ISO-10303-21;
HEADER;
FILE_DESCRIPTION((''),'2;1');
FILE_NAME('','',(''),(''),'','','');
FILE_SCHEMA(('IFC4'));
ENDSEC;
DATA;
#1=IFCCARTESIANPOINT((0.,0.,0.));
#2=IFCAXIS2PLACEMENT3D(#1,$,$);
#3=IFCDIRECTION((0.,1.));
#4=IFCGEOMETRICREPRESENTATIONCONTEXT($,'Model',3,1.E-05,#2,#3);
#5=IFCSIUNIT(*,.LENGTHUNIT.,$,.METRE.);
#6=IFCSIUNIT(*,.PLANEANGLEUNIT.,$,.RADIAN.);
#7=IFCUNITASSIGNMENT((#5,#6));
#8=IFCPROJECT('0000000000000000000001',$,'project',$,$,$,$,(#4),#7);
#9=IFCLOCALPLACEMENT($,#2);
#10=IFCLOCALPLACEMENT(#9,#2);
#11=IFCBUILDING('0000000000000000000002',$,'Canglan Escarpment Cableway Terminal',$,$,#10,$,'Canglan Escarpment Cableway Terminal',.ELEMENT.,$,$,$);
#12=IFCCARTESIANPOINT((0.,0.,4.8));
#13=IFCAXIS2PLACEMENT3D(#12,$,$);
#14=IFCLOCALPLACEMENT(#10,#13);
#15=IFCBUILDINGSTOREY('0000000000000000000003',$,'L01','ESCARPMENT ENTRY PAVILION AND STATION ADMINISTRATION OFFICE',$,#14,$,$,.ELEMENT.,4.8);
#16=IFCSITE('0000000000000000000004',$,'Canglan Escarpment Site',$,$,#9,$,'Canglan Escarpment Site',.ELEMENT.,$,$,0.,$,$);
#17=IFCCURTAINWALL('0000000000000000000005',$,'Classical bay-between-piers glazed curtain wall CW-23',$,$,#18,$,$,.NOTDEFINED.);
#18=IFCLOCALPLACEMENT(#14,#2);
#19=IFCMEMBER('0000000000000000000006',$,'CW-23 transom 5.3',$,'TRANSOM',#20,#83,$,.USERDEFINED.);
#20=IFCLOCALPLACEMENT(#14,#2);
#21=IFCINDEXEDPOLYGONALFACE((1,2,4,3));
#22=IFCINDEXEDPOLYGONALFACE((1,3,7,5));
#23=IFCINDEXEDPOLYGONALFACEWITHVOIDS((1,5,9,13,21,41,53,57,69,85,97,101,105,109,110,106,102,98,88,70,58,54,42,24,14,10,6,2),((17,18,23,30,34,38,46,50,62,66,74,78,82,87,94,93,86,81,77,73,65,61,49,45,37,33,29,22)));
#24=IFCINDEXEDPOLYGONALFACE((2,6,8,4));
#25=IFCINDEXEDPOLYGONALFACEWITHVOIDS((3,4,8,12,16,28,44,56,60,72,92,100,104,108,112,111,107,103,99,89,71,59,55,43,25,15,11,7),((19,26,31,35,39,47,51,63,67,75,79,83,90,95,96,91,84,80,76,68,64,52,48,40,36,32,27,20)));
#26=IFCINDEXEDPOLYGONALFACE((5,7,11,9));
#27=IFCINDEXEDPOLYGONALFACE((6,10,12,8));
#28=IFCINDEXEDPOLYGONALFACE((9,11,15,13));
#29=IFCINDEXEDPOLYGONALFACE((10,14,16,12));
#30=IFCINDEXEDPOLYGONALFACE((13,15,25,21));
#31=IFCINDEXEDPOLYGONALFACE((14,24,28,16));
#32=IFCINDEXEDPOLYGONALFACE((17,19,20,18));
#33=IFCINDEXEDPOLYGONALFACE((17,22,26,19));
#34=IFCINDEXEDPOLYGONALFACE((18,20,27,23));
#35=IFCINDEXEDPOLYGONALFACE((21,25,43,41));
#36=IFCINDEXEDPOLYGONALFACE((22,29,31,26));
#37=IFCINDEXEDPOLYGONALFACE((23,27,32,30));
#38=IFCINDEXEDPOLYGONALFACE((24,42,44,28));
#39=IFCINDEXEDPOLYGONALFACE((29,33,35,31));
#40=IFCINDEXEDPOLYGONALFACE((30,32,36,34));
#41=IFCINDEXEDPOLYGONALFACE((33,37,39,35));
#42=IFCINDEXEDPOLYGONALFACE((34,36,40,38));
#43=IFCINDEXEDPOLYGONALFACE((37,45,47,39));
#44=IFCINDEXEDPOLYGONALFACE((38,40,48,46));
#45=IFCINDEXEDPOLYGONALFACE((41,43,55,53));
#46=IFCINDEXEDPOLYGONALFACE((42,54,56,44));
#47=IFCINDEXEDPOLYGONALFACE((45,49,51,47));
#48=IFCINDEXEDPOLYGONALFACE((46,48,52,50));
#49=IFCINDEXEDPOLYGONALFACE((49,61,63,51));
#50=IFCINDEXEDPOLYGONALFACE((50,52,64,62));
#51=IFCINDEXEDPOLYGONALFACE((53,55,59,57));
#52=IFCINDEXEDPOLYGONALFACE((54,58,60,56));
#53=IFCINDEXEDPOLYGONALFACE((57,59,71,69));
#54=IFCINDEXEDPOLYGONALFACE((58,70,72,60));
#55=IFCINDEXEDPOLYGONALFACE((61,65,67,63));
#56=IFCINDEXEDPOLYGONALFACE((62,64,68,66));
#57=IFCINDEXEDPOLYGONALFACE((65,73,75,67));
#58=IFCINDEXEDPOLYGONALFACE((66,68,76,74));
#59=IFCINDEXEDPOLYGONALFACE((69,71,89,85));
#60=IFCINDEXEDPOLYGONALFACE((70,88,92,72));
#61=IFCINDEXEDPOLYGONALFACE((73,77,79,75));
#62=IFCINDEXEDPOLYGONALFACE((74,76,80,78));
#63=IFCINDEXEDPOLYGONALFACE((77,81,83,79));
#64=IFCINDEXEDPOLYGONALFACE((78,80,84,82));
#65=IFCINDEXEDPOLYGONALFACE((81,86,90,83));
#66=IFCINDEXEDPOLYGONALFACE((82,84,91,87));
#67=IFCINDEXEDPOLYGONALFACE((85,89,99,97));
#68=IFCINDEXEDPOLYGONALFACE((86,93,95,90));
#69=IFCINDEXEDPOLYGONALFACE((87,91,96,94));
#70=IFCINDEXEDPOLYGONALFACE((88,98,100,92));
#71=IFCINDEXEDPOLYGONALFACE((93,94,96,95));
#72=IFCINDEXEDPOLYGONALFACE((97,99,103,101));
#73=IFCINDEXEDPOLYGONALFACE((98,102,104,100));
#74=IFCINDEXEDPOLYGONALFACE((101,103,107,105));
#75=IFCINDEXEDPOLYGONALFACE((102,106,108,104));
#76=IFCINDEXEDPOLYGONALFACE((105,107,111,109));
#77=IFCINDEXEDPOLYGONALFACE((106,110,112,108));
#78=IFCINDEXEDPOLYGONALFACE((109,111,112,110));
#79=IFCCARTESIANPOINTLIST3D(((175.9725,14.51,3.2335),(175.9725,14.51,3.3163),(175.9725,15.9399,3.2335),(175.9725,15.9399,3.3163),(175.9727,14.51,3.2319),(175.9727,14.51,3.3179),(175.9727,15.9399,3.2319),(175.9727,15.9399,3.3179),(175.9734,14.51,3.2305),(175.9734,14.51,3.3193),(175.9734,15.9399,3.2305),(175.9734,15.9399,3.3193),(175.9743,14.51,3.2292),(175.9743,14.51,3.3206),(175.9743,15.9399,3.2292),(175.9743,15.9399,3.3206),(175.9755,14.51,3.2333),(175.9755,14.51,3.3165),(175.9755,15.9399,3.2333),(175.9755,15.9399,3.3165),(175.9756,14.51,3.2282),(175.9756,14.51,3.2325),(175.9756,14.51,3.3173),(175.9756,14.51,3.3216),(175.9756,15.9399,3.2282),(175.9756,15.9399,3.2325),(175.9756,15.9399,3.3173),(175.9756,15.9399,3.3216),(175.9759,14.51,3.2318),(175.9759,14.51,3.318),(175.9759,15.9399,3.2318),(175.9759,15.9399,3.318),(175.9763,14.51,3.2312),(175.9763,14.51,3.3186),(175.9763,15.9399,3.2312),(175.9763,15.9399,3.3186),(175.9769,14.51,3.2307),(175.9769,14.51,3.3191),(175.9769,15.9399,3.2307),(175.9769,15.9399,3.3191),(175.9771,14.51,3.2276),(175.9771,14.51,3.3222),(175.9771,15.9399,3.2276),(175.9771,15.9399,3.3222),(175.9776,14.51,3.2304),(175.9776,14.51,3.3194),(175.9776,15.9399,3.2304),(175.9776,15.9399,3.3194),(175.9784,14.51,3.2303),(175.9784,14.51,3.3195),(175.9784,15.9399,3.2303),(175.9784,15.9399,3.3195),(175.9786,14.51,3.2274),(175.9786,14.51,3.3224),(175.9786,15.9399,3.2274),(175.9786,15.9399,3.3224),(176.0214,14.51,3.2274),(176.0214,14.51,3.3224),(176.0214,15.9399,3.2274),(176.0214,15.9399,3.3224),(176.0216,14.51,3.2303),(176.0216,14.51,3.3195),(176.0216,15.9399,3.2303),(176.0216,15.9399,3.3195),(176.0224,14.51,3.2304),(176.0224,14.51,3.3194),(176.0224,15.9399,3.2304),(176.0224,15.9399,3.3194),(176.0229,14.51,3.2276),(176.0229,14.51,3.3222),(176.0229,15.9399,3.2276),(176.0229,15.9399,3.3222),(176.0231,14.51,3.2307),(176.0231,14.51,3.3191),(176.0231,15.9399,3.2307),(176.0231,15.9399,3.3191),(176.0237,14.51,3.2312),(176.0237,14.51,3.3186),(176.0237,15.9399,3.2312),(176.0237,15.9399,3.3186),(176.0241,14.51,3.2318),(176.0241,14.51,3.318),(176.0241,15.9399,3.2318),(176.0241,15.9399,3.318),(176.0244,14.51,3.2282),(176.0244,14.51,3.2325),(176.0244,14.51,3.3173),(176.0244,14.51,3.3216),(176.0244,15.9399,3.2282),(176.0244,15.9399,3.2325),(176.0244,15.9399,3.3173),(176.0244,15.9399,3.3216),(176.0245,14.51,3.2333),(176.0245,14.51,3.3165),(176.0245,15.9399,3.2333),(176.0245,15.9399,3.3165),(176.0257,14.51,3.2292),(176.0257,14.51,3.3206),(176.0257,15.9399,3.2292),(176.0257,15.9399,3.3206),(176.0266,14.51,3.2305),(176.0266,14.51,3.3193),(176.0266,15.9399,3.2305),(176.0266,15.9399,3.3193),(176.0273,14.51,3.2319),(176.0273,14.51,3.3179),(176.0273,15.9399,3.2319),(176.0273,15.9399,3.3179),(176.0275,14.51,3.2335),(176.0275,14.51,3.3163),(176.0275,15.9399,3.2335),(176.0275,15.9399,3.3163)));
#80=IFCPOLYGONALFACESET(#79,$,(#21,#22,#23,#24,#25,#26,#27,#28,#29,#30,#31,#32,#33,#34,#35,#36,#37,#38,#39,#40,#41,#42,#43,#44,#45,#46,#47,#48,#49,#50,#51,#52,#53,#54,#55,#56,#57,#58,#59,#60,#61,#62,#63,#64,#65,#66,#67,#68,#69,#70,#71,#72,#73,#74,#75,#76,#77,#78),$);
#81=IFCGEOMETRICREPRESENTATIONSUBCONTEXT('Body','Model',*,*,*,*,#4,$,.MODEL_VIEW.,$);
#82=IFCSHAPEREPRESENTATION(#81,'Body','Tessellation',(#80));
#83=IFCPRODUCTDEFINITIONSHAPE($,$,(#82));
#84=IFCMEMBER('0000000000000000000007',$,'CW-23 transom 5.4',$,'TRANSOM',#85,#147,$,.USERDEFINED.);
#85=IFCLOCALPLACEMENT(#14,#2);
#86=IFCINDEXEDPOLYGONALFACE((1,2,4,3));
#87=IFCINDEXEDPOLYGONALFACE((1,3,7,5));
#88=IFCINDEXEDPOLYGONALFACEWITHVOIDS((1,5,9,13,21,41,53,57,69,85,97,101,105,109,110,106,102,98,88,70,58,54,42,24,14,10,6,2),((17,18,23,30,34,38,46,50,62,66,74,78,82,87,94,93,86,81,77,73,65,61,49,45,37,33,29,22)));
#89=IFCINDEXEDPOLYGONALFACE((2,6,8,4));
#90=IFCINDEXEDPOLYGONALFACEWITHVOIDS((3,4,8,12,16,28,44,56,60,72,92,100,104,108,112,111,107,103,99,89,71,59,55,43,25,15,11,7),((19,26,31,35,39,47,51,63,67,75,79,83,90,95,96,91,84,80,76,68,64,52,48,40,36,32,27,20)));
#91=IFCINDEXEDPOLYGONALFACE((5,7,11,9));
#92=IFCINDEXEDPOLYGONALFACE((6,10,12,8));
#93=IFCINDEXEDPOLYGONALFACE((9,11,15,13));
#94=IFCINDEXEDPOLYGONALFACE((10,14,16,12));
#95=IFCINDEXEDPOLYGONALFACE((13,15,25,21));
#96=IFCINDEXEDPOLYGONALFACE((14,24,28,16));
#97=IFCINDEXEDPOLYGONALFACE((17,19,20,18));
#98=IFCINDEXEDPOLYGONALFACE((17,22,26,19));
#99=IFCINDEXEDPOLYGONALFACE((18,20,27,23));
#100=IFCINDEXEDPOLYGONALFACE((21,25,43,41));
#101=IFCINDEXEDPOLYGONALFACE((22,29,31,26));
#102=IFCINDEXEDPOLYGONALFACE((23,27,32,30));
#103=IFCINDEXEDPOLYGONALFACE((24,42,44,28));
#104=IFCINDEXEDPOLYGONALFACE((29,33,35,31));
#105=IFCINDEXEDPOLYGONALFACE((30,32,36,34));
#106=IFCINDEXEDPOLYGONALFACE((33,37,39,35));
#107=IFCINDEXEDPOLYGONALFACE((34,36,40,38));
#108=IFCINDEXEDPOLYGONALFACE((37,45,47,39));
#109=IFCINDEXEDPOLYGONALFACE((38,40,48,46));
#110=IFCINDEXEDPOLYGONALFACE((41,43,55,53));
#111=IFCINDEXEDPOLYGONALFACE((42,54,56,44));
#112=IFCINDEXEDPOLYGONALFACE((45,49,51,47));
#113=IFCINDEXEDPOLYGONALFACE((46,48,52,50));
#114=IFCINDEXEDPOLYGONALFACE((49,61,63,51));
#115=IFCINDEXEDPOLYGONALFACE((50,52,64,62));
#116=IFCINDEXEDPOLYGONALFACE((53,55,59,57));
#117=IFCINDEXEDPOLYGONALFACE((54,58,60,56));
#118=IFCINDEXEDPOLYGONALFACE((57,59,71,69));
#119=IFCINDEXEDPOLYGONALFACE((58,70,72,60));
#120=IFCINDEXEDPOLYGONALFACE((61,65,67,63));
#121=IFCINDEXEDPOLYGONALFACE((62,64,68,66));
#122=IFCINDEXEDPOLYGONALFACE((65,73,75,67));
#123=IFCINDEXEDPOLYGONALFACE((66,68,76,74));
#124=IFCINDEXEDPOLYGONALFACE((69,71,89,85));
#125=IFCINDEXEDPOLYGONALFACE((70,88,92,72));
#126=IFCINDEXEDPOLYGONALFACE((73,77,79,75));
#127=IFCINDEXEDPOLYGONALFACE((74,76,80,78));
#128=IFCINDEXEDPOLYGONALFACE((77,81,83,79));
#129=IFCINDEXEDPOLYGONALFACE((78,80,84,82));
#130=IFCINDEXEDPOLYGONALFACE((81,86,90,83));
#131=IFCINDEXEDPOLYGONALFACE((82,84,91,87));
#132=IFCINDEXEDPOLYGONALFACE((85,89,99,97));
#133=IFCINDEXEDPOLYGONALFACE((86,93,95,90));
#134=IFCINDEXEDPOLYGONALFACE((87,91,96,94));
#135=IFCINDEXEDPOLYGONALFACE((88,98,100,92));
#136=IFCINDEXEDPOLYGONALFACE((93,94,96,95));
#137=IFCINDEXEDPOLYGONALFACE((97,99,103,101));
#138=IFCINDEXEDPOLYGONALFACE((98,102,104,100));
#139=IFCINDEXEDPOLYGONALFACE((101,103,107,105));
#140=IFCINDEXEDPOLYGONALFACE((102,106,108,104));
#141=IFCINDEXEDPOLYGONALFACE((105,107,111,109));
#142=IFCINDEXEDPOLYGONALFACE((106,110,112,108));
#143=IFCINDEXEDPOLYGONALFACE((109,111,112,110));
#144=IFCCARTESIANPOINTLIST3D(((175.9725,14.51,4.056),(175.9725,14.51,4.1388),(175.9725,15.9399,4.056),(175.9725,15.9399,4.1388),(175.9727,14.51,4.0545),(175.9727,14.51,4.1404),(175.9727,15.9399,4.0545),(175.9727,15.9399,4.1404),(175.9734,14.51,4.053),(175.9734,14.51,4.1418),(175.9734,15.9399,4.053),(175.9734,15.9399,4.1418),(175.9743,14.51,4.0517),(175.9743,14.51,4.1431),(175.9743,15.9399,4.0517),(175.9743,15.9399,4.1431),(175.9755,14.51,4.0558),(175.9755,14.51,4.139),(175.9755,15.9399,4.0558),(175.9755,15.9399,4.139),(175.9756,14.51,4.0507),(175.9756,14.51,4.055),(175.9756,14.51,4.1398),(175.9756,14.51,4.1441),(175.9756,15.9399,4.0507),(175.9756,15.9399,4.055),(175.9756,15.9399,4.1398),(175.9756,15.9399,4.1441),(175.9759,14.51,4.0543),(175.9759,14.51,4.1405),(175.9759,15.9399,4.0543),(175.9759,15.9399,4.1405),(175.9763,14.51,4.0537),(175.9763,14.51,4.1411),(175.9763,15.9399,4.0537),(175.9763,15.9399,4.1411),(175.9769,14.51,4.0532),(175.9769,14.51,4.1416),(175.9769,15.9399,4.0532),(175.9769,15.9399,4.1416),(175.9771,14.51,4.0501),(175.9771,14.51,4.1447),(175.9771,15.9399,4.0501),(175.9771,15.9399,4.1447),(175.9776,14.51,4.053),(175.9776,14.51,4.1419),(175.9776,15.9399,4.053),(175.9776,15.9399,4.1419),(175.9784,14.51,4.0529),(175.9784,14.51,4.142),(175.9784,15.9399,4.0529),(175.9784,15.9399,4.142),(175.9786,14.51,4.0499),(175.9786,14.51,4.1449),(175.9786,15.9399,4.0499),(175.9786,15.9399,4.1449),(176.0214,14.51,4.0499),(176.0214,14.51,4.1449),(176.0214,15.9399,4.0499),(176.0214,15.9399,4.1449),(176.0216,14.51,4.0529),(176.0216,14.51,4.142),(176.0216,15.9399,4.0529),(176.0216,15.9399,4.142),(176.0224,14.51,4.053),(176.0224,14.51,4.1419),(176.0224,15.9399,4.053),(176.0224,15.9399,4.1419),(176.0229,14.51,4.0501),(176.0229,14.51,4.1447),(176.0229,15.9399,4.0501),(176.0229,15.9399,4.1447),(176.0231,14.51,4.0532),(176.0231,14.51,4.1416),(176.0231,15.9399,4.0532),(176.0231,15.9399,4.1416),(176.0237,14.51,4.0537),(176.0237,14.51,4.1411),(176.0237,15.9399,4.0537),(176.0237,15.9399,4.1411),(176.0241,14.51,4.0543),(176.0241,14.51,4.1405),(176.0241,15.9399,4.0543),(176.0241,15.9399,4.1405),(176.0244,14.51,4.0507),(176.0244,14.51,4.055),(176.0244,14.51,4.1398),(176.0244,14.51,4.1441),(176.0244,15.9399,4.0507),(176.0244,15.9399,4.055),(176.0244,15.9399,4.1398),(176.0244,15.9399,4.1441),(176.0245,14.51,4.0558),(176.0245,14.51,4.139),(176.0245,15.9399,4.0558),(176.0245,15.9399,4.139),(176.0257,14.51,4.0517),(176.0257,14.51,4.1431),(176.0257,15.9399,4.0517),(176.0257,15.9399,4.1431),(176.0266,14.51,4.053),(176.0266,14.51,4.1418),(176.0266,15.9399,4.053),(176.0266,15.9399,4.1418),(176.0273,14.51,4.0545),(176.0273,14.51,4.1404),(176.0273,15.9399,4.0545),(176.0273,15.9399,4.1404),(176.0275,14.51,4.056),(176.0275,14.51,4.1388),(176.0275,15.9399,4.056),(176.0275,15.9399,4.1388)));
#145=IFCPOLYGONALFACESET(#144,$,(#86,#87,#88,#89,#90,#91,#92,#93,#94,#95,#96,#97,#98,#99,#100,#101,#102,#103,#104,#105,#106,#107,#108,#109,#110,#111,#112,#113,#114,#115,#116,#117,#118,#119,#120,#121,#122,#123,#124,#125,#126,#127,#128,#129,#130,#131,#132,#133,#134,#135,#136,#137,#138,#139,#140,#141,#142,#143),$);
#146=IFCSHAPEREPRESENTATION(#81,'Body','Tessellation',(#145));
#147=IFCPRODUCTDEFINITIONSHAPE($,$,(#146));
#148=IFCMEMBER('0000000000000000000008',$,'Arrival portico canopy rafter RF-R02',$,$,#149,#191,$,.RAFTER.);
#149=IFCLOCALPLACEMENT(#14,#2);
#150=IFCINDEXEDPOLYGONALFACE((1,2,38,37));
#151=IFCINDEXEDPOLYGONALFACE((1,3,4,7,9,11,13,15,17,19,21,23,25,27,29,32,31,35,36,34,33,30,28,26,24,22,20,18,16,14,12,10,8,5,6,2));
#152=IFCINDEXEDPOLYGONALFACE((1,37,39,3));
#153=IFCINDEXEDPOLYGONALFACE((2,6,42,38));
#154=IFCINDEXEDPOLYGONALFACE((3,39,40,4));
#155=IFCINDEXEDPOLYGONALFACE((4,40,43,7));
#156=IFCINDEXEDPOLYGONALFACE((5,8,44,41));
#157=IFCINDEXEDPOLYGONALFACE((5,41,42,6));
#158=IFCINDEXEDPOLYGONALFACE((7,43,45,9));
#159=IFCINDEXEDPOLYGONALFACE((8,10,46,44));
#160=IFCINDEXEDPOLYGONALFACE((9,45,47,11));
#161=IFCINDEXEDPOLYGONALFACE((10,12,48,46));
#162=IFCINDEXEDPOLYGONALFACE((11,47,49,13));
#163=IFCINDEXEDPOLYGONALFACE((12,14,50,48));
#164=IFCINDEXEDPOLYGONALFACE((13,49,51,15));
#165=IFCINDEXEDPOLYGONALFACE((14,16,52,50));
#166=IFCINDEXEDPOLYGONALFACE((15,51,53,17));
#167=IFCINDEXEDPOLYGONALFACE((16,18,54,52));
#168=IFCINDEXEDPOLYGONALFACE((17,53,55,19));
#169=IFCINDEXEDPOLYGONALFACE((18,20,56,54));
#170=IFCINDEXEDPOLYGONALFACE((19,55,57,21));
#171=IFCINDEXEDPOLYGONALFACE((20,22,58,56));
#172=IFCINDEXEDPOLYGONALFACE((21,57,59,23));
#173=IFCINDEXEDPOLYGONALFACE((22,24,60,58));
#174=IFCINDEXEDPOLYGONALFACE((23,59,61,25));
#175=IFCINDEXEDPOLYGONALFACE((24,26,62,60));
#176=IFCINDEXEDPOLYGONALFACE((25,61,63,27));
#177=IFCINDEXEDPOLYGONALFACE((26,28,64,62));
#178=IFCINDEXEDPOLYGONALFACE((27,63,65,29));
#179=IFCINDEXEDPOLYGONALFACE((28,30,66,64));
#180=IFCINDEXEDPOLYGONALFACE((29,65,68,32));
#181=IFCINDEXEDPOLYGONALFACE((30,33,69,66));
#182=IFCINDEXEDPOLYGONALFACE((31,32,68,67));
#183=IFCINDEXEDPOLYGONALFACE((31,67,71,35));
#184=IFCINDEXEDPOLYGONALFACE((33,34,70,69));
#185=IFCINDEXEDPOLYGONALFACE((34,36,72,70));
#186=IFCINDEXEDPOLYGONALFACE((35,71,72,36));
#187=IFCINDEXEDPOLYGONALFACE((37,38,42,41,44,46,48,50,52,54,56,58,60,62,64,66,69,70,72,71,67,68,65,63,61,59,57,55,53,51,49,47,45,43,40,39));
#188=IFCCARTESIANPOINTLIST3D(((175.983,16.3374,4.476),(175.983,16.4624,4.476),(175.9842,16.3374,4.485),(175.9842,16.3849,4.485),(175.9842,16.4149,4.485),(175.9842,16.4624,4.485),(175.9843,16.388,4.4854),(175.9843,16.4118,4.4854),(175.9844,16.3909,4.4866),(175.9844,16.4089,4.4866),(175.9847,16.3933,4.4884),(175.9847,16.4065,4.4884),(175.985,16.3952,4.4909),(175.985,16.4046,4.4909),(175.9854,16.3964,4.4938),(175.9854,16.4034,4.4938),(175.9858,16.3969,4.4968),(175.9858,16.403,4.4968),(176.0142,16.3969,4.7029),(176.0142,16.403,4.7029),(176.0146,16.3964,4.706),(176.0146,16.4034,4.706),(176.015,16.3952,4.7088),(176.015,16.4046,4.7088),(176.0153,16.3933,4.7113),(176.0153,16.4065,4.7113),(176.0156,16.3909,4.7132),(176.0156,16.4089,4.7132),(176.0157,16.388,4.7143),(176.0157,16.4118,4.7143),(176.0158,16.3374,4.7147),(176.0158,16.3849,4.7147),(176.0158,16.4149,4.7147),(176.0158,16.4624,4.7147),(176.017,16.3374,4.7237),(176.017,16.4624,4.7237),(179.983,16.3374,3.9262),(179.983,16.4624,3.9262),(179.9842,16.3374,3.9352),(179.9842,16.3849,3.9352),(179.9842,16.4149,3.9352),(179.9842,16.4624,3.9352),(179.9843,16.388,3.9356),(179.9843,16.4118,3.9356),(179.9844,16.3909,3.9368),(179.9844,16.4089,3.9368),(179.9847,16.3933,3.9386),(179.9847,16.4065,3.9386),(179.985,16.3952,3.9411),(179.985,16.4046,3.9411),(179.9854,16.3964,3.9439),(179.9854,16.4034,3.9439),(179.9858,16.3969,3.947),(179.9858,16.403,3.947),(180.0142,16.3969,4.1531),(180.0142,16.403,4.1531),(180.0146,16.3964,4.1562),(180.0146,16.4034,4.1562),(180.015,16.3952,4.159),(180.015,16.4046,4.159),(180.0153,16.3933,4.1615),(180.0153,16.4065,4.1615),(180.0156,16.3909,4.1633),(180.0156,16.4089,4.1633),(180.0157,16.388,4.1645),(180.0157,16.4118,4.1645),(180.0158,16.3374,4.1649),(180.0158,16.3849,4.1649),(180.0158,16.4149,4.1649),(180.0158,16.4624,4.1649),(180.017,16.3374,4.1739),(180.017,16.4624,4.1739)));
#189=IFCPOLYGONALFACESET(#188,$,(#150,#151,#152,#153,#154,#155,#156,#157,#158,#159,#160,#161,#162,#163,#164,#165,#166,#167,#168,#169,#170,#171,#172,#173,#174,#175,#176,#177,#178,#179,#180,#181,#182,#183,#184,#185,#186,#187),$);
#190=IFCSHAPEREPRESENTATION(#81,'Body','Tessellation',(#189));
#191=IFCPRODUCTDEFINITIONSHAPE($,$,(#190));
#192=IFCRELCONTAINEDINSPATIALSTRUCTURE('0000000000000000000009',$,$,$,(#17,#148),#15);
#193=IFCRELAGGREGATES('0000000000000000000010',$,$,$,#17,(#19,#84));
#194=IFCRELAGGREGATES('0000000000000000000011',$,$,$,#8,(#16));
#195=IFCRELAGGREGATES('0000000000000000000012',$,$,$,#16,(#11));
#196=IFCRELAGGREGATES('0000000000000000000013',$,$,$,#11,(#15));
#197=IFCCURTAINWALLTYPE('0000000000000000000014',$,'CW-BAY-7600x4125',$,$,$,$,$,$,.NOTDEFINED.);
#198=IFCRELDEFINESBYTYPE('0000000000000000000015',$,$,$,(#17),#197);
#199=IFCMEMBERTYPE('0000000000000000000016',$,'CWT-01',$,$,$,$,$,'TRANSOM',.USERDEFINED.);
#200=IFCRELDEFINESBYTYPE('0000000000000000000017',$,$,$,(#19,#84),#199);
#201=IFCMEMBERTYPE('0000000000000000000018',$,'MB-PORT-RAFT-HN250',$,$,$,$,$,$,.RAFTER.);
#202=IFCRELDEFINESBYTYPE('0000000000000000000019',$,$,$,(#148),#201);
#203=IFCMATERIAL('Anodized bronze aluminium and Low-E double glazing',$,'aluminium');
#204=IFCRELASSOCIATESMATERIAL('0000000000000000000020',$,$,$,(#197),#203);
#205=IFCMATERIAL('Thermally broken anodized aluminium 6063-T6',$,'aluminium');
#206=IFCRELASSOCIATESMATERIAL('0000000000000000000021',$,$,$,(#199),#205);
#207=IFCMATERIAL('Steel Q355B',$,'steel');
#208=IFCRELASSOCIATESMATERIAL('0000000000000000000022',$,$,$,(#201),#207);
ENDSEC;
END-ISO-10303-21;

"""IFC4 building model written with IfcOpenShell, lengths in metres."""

from ifc_helpers import new_model, si_unit, direction, frame, origin, origin_2d, place, context, subcontext, project, spatial, hollow_rectangle, i_section, extrude, material, material_profile, profile_set, type_object, element, aggregate, save


model = new_model("IFC4")

# Units and contexts
model_context = context("Model", 3, precision=1e-05, world=origin(), true_north=direction((0.0, 1.0)))
body_context = subcontext(model_context, "Body", "Model", "MODEL_VIEW")
ifc_project = project(units=[si_unit("LENGTHUNIT", "METRE"), si_unit("PLANEANGLEUNIT", "RADIAN")], contexts=[model_context])

# Site, building, storey
site_placement = place(None, origin())
site = spatial("IfcSite", under=ifc_project, at=site_placement, Name="Canglan Escarpment Site", LongName="Canglan Escarpment Site", CompositionType="ELEMENT", RefElevation=0.0)
building_placement = place(site_placement, origin())
building = spatial("IfcBuilding", under=site, at=building_placement, Name="Canglan Escarpment Cableway Terminal", LongName="Canglan Escarpment Cableway Terminal", CompositionType="ELEMENT")
storey_placement = place(building_placement, frame((0.0, 0.0, 4.8)))
storey = spatial("IfcBuildingStorey", under=building, at=storey_placement, Name="L01", Description="ESCARPMENT ENTRY PAVILION AND STATION ADMINISTRATION OFFICE", CompositionType="ELEMENT", Elevation=4.8)

# Shared definitions
ifc_material_1 = material(Name="Steel Q355B", Category="steel")

# Curtain wall, members
ifc_material_2 = material(Name="Anodized bronze aluminium and Low-E double glazing", Category="aluminium")
curtain_wall_type = type_object("IfcCurtainWallType", Name="CW-BAY-7600x4125", PredefinedType="NOTDEFINED", material=ifc_material_2)
curtain_wall_placement = place(storey_placement, origin())
curtain_wall = element("IfcCurtainWall", 1, at=curtain_wall_placement, inside=storey, type_object=curtain_wall_type, Name="Classical bay-between-piers glazed curtain wall CW-23", PredefinedType="NOTDEFINED")
ifc_material_3 = material(Name="Thermally broken anodized aluminium 6063-T6", Category="aluminium")
ifc_material_profile_1 = material_profile(ifc_material_3, hollow_rectangle(XDim=0.0549, YDim=0.095, WallThickness=0.0029, InnerFilletRadius=0.0029, OuterFilletRadius=0.0061, at=origin_2d()), Name="ALU-TRAN 55x95x3")
ifc_profile_set_1 = profile_set([ifc_material_profile_1], Name="Thermally broken anodized aluminium 6063-T6")
member_type_1 = type_object("IfcMemberType", Name="CWT-01", ElementType="TRANSOM", PredefinedType="USERDEFINED", material=ifc_profile_set_1)
member_1_placement = place(storey_placement, frame((176.0, 14.51, 3.2749), z_axis=(0.0, 1.0, 0.0), x_axis=(-1.0, 0.0, 0.0)))
member_1 = element("IfcMember", 2, at=member_1_placement, type_object=member_type_1, Name="CW-23 transom 5.3", ObjectType="TRANSOM", PredefinedType="USERDEFINED", context=body_context, shape_type="SweptSolid", body=[
    extrude(hollow_rectangle(XDim=0.0549, YDim=0.095, WallThickness=0.0029, InnerFilletRadius=0.0029, OuterFilletRadius=0.0061, at=origin_2d()), origin(), (0.0, 0.0, 1.0), 1.4299),
])
member_2_placement = place(storey_placement, frame((176.0, 14.51, 4.0974), z_axis=(0.0, 1.0, 0.0), x_axis=(-1.0, 0.0, 0.0)))
member_2 = element("IfcMember", 3, at=member_2_placement, type_object=member_type_1, Name="CW-23 transom 5.4", ObjectType="TRANSOM", PredefinedType="USERDEFINED", context=body_context, shape_type="SweptSolid", body=[
    extrude(hollow_rectangle(XDim=0.0549, YDim=0.095, WallThickness=0.0029, InnerFilletRadius=0.0029, OuterFilletRadius=0.0061, at=origin_2d()), origin(), (0.0, 0.0, 1.0), 1.4299),
])

# Member
ifc_material_profile_2 = material_profile(ifc_material_1, i_section(OverallWidth=0.125, OverallDepth=0.25, WebThickness=0.0061, FlangeThickness=0.009, FilletRadius=0.012, at=origin_2d()), Name="HN 250x125x6x9")
ifc_profile_set_2 = profile_set([ifc_material_profile_2], Name="Steel Q355B")
member_type_2 = type_object("IfcMemberType", Name="MB-PORT-RAFT-HN250", PredefinedType="RAFTER", material=ifc_profile_set_2)
member_3_placement = place(storey_placement, frame((176.0, 16.3999, 4.5999), z_axis=(0.990685, 0.0, -0.136171), x_axis=(0.0, 1.0, 0.0)))
element("IfcMember", 4, at=member_3_placement, inside=storey, type_object=member_type_2, Name="Arrival portico canopy rafter RF-R02", PredefinedType="RAFTER", context=body_context, shape_type="SweptSolid", body=[
    extrude(i_section(OverallWidth=0.125, OverallDepth=0.25, WebThickness=0.0061, FlangeThickness=0.009, FilletRadius=0.012, at=origin_2d()), origin(), (0.0, 0.0, 1.0), 4.0376),
])

aggregate(curtain_wall, [member_1, member_2])

save(model, "model.ifc")
